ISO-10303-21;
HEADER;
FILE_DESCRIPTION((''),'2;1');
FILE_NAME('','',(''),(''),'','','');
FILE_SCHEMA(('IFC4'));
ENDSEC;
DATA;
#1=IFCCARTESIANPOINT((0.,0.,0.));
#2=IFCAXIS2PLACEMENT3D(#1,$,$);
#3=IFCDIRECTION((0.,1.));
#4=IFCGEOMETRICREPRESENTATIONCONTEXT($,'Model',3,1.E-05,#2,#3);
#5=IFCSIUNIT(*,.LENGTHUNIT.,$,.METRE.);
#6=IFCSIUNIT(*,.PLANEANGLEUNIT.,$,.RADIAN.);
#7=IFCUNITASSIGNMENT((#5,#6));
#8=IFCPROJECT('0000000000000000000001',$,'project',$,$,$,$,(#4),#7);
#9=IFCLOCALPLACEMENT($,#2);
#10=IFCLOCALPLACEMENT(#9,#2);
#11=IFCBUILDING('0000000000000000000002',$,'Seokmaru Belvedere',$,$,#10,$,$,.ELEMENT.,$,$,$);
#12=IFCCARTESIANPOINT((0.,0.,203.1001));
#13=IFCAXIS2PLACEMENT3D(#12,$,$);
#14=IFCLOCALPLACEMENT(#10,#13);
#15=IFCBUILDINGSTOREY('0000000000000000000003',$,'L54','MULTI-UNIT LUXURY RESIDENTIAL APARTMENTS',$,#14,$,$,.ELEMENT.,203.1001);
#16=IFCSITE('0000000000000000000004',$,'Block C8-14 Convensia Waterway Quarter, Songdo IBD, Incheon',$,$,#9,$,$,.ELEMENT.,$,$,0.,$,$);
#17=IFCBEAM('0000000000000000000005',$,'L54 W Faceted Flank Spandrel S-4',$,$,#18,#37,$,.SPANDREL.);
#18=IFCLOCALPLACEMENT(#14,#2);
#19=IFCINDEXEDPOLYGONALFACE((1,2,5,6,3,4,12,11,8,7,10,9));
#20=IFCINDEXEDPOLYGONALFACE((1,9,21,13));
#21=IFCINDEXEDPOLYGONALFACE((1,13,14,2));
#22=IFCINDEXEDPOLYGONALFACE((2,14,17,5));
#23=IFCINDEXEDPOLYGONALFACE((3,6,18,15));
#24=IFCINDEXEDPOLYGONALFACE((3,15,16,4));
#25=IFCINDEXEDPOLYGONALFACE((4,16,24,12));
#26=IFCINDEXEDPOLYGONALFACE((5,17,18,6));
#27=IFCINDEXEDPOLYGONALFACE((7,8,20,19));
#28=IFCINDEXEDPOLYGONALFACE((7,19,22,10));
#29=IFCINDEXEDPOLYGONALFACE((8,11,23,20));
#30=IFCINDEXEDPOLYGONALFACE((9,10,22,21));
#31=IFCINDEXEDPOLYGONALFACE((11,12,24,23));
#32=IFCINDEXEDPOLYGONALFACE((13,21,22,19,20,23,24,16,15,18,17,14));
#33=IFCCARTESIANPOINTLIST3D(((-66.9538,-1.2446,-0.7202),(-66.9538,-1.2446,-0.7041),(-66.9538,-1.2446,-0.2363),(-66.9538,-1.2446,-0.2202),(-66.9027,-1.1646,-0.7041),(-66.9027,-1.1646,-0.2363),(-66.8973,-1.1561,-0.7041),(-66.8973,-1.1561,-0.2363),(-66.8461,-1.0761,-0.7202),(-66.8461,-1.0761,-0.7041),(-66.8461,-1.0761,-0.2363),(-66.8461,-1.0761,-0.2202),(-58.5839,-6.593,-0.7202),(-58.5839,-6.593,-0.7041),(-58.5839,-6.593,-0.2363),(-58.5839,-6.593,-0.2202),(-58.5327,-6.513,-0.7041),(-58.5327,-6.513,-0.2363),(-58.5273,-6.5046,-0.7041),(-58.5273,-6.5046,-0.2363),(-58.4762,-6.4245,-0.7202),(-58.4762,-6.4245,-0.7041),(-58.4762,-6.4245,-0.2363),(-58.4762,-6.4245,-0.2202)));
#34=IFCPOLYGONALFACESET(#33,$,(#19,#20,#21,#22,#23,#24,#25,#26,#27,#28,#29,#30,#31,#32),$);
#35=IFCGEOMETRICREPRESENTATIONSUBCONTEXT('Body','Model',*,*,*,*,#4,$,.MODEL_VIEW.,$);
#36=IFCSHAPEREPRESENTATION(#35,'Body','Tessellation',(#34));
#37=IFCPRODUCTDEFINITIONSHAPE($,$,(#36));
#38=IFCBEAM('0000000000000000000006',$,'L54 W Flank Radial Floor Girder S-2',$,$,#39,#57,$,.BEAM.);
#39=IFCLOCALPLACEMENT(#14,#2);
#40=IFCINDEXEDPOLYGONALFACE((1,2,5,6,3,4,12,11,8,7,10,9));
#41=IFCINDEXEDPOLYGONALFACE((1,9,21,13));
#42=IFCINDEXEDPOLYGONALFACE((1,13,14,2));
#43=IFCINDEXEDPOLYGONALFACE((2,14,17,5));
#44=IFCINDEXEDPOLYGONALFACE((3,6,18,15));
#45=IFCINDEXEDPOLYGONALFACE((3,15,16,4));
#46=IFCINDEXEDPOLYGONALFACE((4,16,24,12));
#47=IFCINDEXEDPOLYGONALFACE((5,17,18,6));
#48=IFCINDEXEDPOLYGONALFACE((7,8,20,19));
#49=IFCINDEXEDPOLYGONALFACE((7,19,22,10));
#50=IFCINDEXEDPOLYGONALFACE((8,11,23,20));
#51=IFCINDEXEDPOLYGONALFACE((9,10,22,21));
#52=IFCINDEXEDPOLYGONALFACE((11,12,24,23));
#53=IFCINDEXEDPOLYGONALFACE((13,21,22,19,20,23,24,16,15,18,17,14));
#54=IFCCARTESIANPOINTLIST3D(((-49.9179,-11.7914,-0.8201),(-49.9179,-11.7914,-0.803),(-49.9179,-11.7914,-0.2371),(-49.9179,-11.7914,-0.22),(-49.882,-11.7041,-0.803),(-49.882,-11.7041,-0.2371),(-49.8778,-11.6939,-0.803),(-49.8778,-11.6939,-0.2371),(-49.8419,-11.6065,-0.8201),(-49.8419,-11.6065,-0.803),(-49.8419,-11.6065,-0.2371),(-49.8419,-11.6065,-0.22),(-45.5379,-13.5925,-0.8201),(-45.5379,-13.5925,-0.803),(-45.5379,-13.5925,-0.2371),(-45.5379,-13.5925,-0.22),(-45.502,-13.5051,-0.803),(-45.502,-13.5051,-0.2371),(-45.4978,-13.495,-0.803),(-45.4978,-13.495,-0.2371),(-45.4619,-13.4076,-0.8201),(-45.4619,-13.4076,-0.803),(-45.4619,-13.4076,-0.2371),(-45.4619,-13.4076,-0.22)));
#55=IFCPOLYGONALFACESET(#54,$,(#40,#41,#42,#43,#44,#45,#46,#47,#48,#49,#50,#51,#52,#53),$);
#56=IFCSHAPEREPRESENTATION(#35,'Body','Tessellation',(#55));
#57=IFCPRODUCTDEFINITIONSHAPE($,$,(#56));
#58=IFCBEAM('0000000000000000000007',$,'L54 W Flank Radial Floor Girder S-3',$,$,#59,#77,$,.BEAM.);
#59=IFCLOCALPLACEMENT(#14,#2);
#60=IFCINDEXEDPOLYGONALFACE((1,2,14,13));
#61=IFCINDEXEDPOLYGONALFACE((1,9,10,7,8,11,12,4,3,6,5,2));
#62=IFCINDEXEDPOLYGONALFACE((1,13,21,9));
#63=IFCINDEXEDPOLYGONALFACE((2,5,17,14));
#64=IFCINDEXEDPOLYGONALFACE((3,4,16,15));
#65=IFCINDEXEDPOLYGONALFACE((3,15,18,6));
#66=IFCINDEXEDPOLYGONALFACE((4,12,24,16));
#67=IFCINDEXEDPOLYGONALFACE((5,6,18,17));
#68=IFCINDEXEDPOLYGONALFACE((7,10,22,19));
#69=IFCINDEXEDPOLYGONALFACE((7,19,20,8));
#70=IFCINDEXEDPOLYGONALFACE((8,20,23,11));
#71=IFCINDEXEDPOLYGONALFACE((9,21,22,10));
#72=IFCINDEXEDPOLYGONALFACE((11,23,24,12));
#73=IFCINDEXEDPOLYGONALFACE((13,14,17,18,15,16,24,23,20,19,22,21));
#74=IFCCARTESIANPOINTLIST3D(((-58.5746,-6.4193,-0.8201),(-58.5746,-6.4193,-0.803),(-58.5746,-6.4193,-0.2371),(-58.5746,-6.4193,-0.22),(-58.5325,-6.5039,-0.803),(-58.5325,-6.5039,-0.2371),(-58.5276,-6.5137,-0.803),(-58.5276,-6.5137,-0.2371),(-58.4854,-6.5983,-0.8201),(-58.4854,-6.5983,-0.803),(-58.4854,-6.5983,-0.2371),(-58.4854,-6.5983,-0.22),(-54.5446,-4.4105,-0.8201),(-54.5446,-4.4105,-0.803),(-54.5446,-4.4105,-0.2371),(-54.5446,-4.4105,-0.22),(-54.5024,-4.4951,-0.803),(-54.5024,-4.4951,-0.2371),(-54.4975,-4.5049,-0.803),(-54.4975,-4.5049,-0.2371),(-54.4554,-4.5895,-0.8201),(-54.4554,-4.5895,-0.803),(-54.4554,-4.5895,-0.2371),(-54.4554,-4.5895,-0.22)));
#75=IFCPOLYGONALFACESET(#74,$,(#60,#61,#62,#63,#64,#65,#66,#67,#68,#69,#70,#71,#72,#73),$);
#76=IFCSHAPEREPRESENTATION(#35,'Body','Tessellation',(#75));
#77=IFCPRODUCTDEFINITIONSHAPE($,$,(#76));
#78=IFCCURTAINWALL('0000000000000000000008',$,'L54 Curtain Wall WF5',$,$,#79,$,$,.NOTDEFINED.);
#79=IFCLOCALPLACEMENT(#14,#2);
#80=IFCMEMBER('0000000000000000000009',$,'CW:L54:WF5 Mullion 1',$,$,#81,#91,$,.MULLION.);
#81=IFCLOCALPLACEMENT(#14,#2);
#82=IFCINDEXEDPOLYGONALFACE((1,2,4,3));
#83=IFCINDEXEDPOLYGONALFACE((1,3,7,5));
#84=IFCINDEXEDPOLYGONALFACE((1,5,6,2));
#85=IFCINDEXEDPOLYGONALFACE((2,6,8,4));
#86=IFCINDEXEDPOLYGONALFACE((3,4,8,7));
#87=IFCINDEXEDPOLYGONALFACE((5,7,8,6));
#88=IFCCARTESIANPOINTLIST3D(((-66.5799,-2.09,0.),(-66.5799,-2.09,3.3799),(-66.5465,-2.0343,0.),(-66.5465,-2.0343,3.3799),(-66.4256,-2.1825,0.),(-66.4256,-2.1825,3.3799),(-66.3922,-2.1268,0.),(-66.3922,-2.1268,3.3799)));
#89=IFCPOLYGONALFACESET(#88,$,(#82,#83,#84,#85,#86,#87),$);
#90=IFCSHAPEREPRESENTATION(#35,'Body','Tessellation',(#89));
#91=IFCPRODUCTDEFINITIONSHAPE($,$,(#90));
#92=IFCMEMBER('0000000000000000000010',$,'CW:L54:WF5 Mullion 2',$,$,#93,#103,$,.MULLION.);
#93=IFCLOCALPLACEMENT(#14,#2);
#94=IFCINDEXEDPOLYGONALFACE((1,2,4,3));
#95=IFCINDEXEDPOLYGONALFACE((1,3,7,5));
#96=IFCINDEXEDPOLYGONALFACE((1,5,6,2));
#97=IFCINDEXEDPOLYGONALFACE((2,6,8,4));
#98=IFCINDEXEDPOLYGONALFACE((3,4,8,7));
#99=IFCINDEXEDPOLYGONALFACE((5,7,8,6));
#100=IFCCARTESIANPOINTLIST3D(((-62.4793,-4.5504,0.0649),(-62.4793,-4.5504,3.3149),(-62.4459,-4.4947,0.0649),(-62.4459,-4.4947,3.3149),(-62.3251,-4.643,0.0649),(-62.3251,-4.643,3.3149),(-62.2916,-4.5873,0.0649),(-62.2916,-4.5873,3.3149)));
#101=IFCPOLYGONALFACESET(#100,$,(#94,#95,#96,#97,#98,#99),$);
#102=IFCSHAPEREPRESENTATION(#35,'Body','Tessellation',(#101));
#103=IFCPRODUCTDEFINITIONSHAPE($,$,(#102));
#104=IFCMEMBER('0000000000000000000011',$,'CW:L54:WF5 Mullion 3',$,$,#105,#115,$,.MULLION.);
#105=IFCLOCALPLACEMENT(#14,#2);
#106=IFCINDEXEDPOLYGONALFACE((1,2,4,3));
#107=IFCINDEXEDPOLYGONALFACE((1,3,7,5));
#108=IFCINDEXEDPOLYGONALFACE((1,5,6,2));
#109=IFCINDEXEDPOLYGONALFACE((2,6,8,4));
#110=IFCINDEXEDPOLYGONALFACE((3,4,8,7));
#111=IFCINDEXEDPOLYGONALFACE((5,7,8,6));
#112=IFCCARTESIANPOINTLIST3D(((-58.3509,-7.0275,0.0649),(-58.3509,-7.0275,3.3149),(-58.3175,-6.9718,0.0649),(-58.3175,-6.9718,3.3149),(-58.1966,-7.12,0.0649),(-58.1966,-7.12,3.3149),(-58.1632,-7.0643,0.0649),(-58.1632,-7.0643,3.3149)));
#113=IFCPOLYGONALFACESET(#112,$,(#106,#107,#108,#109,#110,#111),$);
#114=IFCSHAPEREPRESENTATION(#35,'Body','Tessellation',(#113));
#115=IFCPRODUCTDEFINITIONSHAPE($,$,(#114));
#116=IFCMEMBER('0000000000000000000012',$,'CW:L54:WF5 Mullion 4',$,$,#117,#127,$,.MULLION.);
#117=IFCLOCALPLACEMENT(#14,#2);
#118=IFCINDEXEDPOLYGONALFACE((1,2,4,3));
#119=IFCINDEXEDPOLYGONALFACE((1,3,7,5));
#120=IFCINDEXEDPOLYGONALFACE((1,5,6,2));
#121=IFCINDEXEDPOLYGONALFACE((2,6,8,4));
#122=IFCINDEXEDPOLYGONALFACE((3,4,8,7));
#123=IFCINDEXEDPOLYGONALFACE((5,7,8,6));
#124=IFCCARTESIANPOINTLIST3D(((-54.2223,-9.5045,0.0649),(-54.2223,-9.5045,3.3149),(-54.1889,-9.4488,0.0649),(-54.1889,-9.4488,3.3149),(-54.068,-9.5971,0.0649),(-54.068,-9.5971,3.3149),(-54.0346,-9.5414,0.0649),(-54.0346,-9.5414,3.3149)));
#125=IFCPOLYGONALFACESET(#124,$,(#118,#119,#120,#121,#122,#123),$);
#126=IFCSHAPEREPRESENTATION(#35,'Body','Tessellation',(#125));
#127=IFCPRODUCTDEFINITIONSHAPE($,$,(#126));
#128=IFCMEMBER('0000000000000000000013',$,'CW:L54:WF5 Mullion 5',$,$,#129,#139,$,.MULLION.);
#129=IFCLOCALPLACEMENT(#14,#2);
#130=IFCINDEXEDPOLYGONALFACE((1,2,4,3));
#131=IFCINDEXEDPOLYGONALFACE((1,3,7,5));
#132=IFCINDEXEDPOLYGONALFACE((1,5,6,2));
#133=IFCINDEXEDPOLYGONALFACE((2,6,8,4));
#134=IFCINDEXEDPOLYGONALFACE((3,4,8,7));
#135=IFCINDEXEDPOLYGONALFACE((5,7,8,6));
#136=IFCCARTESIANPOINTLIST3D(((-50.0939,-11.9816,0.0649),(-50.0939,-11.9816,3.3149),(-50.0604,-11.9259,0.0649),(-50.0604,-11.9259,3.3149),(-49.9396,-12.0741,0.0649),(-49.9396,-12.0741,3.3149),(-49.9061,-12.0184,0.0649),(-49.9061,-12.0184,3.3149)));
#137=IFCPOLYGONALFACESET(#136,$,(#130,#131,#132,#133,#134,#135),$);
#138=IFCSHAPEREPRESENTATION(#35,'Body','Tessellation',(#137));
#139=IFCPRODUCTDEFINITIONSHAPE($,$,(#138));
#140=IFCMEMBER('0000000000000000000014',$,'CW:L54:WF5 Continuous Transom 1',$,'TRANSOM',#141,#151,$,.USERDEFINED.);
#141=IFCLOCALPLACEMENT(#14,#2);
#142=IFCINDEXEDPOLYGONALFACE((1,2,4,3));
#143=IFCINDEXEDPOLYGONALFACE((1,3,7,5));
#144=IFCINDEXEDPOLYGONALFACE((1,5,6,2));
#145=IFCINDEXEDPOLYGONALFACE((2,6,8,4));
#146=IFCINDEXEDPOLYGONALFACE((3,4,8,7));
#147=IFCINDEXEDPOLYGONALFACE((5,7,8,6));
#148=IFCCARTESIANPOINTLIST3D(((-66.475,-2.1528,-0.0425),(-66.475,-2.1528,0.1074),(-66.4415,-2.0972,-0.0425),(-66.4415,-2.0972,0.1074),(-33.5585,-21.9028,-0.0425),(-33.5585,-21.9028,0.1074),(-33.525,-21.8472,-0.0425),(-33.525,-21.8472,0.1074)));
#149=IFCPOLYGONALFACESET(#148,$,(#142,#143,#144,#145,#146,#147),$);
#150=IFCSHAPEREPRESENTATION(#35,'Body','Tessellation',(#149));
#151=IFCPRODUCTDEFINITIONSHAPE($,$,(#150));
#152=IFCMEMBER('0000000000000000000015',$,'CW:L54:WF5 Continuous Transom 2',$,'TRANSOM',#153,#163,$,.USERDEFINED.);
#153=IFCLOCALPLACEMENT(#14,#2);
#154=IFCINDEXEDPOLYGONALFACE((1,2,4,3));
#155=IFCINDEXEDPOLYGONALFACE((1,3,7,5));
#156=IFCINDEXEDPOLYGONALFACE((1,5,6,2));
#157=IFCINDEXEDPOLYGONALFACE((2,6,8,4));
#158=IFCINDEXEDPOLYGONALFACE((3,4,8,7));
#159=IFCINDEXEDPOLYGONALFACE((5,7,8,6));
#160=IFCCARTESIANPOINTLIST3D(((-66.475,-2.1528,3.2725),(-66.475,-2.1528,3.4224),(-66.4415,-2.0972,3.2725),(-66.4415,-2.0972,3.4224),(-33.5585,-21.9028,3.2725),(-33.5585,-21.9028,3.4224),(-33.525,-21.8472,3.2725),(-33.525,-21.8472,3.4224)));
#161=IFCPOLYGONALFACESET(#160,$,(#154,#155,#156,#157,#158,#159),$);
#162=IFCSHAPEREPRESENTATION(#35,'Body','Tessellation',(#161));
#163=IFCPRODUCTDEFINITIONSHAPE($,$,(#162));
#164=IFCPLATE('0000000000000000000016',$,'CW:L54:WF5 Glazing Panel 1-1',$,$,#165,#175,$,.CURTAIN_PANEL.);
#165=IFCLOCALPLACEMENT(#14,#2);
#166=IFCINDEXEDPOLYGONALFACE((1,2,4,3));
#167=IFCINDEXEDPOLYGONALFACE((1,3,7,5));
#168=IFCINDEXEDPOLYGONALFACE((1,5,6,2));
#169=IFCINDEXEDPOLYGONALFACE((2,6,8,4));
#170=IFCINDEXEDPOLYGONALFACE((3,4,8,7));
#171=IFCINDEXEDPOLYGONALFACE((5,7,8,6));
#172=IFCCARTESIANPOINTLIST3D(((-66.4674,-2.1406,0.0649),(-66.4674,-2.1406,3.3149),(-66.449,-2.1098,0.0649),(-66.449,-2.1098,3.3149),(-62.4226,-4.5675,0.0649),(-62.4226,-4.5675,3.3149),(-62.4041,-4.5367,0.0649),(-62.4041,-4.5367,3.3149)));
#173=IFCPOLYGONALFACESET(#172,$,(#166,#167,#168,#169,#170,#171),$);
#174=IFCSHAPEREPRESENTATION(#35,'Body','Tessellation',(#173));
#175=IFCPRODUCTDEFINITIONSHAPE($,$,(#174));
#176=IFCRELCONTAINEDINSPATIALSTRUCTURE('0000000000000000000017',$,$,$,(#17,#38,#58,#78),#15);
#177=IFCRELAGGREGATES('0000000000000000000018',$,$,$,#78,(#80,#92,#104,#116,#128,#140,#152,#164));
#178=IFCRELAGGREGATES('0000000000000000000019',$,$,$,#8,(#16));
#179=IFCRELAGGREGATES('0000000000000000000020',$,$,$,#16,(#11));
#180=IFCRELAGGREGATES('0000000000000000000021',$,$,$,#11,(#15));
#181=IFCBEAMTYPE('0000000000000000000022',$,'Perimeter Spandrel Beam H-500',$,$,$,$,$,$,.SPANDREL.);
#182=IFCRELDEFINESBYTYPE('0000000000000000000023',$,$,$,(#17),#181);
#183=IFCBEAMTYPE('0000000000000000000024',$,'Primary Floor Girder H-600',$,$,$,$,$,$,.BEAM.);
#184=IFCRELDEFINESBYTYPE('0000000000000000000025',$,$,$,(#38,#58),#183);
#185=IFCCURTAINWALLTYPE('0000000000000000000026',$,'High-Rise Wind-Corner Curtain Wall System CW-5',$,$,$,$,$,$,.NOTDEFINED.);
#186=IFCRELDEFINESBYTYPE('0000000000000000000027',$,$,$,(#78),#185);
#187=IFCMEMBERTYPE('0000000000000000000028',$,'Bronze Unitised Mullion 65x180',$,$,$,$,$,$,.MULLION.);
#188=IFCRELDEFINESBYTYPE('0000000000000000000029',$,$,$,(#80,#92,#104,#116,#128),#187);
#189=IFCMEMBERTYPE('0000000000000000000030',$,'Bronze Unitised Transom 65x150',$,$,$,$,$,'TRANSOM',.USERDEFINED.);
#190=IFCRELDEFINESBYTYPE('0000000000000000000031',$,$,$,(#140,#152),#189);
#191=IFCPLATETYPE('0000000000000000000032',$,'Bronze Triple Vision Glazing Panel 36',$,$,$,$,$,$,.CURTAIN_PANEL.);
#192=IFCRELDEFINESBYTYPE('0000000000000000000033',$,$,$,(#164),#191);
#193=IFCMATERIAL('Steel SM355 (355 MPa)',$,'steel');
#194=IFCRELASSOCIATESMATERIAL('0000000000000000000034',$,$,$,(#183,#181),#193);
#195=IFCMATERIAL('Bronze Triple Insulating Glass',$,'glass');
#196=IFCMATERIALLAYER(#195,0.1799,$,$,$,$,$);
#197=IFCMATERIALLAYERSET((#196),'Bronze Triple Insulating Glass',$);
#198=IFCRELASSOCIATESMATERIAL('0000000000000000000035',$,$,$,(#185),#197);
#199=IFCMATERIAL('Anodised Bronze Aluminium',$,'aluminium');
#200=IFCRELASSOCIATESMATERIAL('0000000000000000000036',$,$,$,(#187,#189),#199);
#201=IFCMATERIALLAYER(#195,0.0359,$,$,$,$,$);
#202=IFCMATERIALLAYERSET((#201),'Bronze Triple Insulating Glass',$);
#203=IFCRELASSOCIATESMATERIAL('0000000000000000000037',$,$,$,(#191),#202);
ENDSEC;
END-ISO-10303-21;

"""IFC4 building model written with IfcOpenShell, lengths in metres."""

from ifc_helpers import new_model, si_unit, direction, frame, origin, origin_2d, place, context, subcontext, project, spatial, rectangle, i_section, extrude, source, transform, mapped, material, layer, layer_set, material_profile, profile_set, type_object, type_shapes, element, aggregate, save


model = new_model("IFC4")

# Units and contexts
model_context = context("Model", 3, precision=1e-05, world=origin(), true_north=direction((0.0, 1.0)))
body_context = subcontext(model_context, "Body", "Model", "MODEL_VIEW")
ifc_project = project(units=[si_unit("LENGTHUNIT", "METRE"), si_unit("PLANEANGLEUNIT", "RADIAN")], contexts=[model_context])

# Site, building, storey
site_placement = place(None, origin())
site = spatial("IfcSite", under=ifc_project, at=site_placement, Name="Block C8-14 Convensia Waterway Quarter, Songdo IBD, Incheon", CompositionType="ELEMENT", RefElevation=0.0)
building_placement = place(site_placement, origin())
building = spatial("IfcBuilding", under=site, at=building_placement, Name="Seokmaru Belvedere", CompositionType="ELEMENT")
storey_placement = place(building_placement, frame((0.0, 0.0, 203.1001)))
storey = spatial("IfcBuildingStorey", under=building, at=storey_placement, Name="L54", Description="MULTI-UNIT LUXURY RESIDENTIAL APARTMENTS", CompositionType="ELEMENT", Elevation=203.1001)

# Shared definitions
ifc_material_1 = material(Name="Steel SM355 (355 MPa)", Category="steel")

# Beams
ifc_material_profile_1 = material_profile(ifc_material_1, i_section(OverallWidth=0.2, OverallDepth=0.6001, WebThickness=0.011, FlangeThickness=0.0171, at=origin_2d()), Name="H-600x200x11x17")
ifc_profile_set_1 = profile_set([ifc_material_profile_1], Name="Steel SM355 (355 MPa)")
beam_type_1 = type_object("IfcBeamType", Name="Primary Floor Girder H-600", PredefinedType="BEAM", material=ifc_profile_set_1)
ifc_material_profile_2 = material_profile(ifc_material_1, i_section(OverallWidth=0.2, OverallDepth=0.5, WebThickness=0.01, FlangeThickness=0.0161, at=origin_2d()), Name="H-500x200x10x16")
ifc_profile_set_2 = profile_set([ifc_material_profile_2], Name="Steel SM355 (355 MPa)")
beam_type_2 = type_object("IfcBeamType", Name="Perimeter Spandrel Beam H-500", PredefinedType="SPANDREL", material=ifc_profile_set_2)
shared_shape_1 = source(origin(), body_context, "Body", "SweptSolid", [
    extrude(i_section(OverallWidth=0.2, OverallDepth=0.5, WebThickness=0.01, FlangeThickness=0.0161, at=origin_2d()), origin(), (0.0, 0.0, 1.0), 9.9329),
])
beam_1_placement = place(storey_placement, frame((-58.53, -6.5088, -0.4702), z_axis=(-0.842652, 0.538459, 0.0), x_axis=(-0.538459, -0.842652, 0.0)))
element("IfcBeam", 1, at=beam_1_placement, inside=storey, type_object=beam_type_2, Name="L54 W Faceted Flank Spandrel S-4", PredefinedType="SPANDREL", context=body_context, shape_type="MappedRepresentation", body=[
    mapped(shared_shape_1, transform((0.0, 0.0, 0.0), scale=1.0)),
])
shared_shape_2 = source(origin(), body_context, "Body", "SweptSolid", [
    extrude(i_section(OverallWidth=0.2, OverallDepth=0.6001, WebThickness=0.011, FlangeThickness=0.0171, at=origin_2d()), origin(), (0.0, 0.0, 1.0), 4.7358),
])
beam_2_placement = place(storey_placement, frame((-49.8799, -11.699, -0.52), z_axis=(0.924861, -0.380306, 0.0), x_axis=(0.380306, 0.924861, 0.0)))
element("IfcBeam", 2, at=beam_2_placement, inside=storey, type_object=beam_type_1, Name="L54 W Flank Radial Floor Girder S-2", PredefinedType="BEAM", context=body_context, shape_type="MappedRepresentation", body=[
    mapped(shared_shape_2, transform((0.0, 0.0, 0.0), scale=1.0)),
])
shared_shape_3 = source(origin(), body_context, "Body", "SweptSolid", [
    extrude(i_section(OverallWidth=0.2, OverallDepth=0.6001, WebThickness=0.011, FlangeThickness=0.0171, at=origin_2d()), origin(), (0.0, 0.0, 1.0), 4.5029),
])
beam_3_placement = place(storey_placement, frame((-58.53, -6.5088, -0.52), z_axis=(0.89498, 0.446107, 0.0), x_axis=(-0.446107, 0.89498, 0.0)))
element("IfcBeam", 3, at=beam_3_placement, inside=storey, type_object=beam_type_1, Name="L54 W Flank Radial Floor Girder S-3", PredefinedType="BEAM", context=body_context, shape_type="MappedRepresentation", body=[
    mapped(shared_shape_3, transform((0.0, 0.0, 0.0), scale=1.0)),
])

# Curtain wall, members, plate
ifc_material_2 = material(Name="Bronze Triple Insulating Glass", Category="glass")
ifc_layer_1 = layer(ifc_material_2, 0.1799)
ifc_layer_set_1 = layer_set([ifc_layer_1], Name="Bronze Triple Insulating Glass")
curtain_wall_type = type_object("IfcCurtainWallType", Name="High-Rise Wind-Corner Curtain Wall System CW-5", PredefinedType="NOTDEFINED", material=ifc_layer_set_1)
curtain_wall_placement = place(storey_placement, origin())
curtain_wall = element("IfcCurtainWall", 4, at=curtain_wall_placement, inside=storey, type_object=curtain_wall_type, Name="L54 Curtain Wall WF5", PredefinedType="NOTDEFINED")
ifc_material_3 = material(Name="Anodised Bronze Aluminium", Category="aluminium")
ifc_material_profile_3 = material_profile(ifc_material_3, rectangle(XDim=0.0649, YDim=0.1799, at=origin_2d()), Name="CW-M-65x180")
ifc_profile_set_3 = profile_set([ifc_material_profile_3], Name="Anodised Bronze Aluminium")
member_type_1 = type_object("IfcMemberType", Name="Bronze Unitised Mullion 65x180", PredefinedType="MULLION", material=ifc_profile_set_3)
shared_shape_4 = source(origin(), body_context, "Body", "SweptSolid", [
    extrude(rectangle(XDim=0.0649, YDim=0.1799, at=origin_2d()), origin(), (0.0, 0.0, 1.0), 3.3799),
])
member_1_placement = place(storey_placement, frame((-66.4861, -2.1084, 0.0), z_axis=(0.0, 0.0, 1.0), x_axis=(0.514495, 0.857493, 0.0)))
member_1 = element("IfcMember", 5, at=member_1_placement, type_object=member_type_1, Name="CW:L54:WF5 Mullion 1", PredefinedType="MULLION", context=body_context, shape_type="MappedRepresentation", body=[
    mapped(shared_shape_4, transform((0.0, 0.0, 0.0), scale=1.0)),
])
shared_shape_5 = source(origin(), body_context, "Body", "SweptSolid", [
    extrude(rectangle(XDim=0.0649, YDim=0.1799, at=origin_2d()), origin(), (0.0, 0.0, 1.0), 3.25),
])
type_shapes(member_type_1, [shared_shape_4, shared_shape_5])
member_2_placement = place(storey_placement, frame((-62.3855, -4.5688, 0.0649), z_axis=(0.0, 0.0, 1.0), x_axis=(0.514495, 0.857493, 0.0)))
member_2 = element("IfcMember", 6, at=member_2_placement, type_object=member_type_1, Name="CW:L54:WF5 Mullion 2", PredefinedType="MULLION", context=body_context, shape_type="MappedRepresentation", body=[
    mapped(shared_shape_5, transform((0.0, 0.0, 0.0), scale=1.0)),
])
member_3_placement = place(storey_placement, frame((-58.2571, -7.0459, 0.0649), z_axis=(0.0, 0.0, 1.0), x_axis=(0.514495, 0.857493, 0.0)))
member_3 = element("IfcMember", 7, at=member_3_placement, type_object=member_type_1, Name="CW:L54:WF5 Mullion 3", PredefinedType="MULLION", context=body_context, shape_type="MappedRepresentation", body=[
    mapped(shared_shape_5, transform((0.0, 0.0, 0.0), scale=1.0)),
])
member_4_placement = place(storey_placement, frame((-54.1284, -9.5229, 0.0649), z_axis=(0.0, 0.0, 1.0), x_axis=(0.514495, 0.857493, 0.0)))
member_4 = element("IfcMember", 8, at=member_4_placement, type_object=member_type_1, Name="CW:L54:WF5 Mullion 4", PredefinedType="MULLION", context=body_context, shape_type="MappedRepresentation", body=[
    mapped(shared_shape_5, transform((0.0, 0.0, 0.0), scale=1.0)),
])
member_5_placement = place(storey_placement, frame((-50.0, -12.0, 0.0649), z_axis=(0.0, 0.0, 1.0), x_axis=(0.514495, 0.857493, 0.0)))
member_5 = element("IfcMember", 9, at=member_5_placement, type_object=member_type_1, Name="CW:L54:WF5 Mullion 5", PredefinedType="MULLION", context=body_context, shape_type="MappedRepresentation", body=[
    mapped(shared_shape_5, transform((0.0, 0.0, 0.0), scale=1.0)),
])
ifc_material_profile_4 = material_profile(ifc_material_3, rectangle(XDim=0.0649, YDim=0.1499, at=origin_2d()), Name="CW-T-65x150")
ifc_profile_set_4 = profile_set([ifc_material_profile_4], Name="Anodised Bronze Aluminium")
member_type_2 = type_object("IfcMemberType", Name="Bronze Unitised Transom 65x150", ElementType="TRANSOM", PredefinedType="USERDEFINED", material=ifc_profile_set_4)
shared_shape_6 = source(origin(), body_context, "Body", "SweptSolid", [
    extrude(rectangle(XDim=0.0649, YDim=0.1499, at=origin_2d()), origin(), (0.0, 0.0, 1.0), 38.387),
])
type_shapes(member_type_2, [shared_shape_6])
member_6_placement = place(storey_placement, frame((-66.4583, -2.125, 0.0325), z_axis=(0.857492, -0.514498, 0.0), x_axis=(0.514498, 0.857492, 0.0)))
member_6 = element("IfcMember", 10, at=member_6_placement, type_object=member_type_2, Name="CW:L54:WF5 Continuous Transom 1", ObjectType="TRANSOM", PredefinedType="USERDEFINED", context=body_context, shape_type="MappedRepresentation", body=[
    mapped(shared_shape_6, transform((0.0, 0.0, 0.0), scale=1.0)),
])
member_7_placement = place(storey_placement, frame((-66.4583, -2.125, 3.3474), z_axis=(0.857492, -0.514498, 0.0), x_axis=(0.514498, 0.857492, 0.0)))
member_7 = element("IfcMember", 11, at=member_7_placement, type_object=member_type_2, Name="CW:L54:WF5 Continuous Transom 2", ObjectType="TRANSOM", PredefinedType="USERDEFINED", context=body_context, shape_type="MappedRepresentation", body=[
    mapped(shared_shape_6, transform((0.0, 0.0, 0.0), scale=1.0)),
])
ifc_layer_2 = layer(ifc_material_2, 0.0359)
ifc_layer_set_2 = layer_set([ifc_layer_2], Name="Bronze Triple Insulating Glass")
plate_type = type_object("IfcPlateType", Name="Bronze Triple Vision Glazing Panel 36", PredefinedType="CURTAIN_PANEL", material=ifc_layer_set_2)
shared_shape_7 = source(origin(), body_context, "Body", "SweptSolid", [
    extrude(rectangle(XDim=4.717, YDim=0.0359, at=origin_2d()), origin(), (0.0, 0.0, 1.0), 3.25),
])
plate_1_placement = place(storey_placement, frame((-64.4358, -3.3386, 0.0649), z_axis=(0.0, 0.0, 1.0), x_axis=(0.857493, -0.514495, 0.0)))
plate_1 = element("IfcPlate", 12, at=plate_1_placement, type_object=plate_type, Name="CW:L54:WF5 Glazing Panel 1-1", PredefinedType="CURTAIN_PANEL", context=body_context, shape_type="MappedRepresentation", body=[
    mapped(shared_shape_7, transform((0.0, 0.0, 0.0), scale=1.0)),
])
aggregate(curtain_wall, [member_1, member_2, member_3, member_4, member_5, member_6, member_7, plate_1])

save(model, "model.ifc")
